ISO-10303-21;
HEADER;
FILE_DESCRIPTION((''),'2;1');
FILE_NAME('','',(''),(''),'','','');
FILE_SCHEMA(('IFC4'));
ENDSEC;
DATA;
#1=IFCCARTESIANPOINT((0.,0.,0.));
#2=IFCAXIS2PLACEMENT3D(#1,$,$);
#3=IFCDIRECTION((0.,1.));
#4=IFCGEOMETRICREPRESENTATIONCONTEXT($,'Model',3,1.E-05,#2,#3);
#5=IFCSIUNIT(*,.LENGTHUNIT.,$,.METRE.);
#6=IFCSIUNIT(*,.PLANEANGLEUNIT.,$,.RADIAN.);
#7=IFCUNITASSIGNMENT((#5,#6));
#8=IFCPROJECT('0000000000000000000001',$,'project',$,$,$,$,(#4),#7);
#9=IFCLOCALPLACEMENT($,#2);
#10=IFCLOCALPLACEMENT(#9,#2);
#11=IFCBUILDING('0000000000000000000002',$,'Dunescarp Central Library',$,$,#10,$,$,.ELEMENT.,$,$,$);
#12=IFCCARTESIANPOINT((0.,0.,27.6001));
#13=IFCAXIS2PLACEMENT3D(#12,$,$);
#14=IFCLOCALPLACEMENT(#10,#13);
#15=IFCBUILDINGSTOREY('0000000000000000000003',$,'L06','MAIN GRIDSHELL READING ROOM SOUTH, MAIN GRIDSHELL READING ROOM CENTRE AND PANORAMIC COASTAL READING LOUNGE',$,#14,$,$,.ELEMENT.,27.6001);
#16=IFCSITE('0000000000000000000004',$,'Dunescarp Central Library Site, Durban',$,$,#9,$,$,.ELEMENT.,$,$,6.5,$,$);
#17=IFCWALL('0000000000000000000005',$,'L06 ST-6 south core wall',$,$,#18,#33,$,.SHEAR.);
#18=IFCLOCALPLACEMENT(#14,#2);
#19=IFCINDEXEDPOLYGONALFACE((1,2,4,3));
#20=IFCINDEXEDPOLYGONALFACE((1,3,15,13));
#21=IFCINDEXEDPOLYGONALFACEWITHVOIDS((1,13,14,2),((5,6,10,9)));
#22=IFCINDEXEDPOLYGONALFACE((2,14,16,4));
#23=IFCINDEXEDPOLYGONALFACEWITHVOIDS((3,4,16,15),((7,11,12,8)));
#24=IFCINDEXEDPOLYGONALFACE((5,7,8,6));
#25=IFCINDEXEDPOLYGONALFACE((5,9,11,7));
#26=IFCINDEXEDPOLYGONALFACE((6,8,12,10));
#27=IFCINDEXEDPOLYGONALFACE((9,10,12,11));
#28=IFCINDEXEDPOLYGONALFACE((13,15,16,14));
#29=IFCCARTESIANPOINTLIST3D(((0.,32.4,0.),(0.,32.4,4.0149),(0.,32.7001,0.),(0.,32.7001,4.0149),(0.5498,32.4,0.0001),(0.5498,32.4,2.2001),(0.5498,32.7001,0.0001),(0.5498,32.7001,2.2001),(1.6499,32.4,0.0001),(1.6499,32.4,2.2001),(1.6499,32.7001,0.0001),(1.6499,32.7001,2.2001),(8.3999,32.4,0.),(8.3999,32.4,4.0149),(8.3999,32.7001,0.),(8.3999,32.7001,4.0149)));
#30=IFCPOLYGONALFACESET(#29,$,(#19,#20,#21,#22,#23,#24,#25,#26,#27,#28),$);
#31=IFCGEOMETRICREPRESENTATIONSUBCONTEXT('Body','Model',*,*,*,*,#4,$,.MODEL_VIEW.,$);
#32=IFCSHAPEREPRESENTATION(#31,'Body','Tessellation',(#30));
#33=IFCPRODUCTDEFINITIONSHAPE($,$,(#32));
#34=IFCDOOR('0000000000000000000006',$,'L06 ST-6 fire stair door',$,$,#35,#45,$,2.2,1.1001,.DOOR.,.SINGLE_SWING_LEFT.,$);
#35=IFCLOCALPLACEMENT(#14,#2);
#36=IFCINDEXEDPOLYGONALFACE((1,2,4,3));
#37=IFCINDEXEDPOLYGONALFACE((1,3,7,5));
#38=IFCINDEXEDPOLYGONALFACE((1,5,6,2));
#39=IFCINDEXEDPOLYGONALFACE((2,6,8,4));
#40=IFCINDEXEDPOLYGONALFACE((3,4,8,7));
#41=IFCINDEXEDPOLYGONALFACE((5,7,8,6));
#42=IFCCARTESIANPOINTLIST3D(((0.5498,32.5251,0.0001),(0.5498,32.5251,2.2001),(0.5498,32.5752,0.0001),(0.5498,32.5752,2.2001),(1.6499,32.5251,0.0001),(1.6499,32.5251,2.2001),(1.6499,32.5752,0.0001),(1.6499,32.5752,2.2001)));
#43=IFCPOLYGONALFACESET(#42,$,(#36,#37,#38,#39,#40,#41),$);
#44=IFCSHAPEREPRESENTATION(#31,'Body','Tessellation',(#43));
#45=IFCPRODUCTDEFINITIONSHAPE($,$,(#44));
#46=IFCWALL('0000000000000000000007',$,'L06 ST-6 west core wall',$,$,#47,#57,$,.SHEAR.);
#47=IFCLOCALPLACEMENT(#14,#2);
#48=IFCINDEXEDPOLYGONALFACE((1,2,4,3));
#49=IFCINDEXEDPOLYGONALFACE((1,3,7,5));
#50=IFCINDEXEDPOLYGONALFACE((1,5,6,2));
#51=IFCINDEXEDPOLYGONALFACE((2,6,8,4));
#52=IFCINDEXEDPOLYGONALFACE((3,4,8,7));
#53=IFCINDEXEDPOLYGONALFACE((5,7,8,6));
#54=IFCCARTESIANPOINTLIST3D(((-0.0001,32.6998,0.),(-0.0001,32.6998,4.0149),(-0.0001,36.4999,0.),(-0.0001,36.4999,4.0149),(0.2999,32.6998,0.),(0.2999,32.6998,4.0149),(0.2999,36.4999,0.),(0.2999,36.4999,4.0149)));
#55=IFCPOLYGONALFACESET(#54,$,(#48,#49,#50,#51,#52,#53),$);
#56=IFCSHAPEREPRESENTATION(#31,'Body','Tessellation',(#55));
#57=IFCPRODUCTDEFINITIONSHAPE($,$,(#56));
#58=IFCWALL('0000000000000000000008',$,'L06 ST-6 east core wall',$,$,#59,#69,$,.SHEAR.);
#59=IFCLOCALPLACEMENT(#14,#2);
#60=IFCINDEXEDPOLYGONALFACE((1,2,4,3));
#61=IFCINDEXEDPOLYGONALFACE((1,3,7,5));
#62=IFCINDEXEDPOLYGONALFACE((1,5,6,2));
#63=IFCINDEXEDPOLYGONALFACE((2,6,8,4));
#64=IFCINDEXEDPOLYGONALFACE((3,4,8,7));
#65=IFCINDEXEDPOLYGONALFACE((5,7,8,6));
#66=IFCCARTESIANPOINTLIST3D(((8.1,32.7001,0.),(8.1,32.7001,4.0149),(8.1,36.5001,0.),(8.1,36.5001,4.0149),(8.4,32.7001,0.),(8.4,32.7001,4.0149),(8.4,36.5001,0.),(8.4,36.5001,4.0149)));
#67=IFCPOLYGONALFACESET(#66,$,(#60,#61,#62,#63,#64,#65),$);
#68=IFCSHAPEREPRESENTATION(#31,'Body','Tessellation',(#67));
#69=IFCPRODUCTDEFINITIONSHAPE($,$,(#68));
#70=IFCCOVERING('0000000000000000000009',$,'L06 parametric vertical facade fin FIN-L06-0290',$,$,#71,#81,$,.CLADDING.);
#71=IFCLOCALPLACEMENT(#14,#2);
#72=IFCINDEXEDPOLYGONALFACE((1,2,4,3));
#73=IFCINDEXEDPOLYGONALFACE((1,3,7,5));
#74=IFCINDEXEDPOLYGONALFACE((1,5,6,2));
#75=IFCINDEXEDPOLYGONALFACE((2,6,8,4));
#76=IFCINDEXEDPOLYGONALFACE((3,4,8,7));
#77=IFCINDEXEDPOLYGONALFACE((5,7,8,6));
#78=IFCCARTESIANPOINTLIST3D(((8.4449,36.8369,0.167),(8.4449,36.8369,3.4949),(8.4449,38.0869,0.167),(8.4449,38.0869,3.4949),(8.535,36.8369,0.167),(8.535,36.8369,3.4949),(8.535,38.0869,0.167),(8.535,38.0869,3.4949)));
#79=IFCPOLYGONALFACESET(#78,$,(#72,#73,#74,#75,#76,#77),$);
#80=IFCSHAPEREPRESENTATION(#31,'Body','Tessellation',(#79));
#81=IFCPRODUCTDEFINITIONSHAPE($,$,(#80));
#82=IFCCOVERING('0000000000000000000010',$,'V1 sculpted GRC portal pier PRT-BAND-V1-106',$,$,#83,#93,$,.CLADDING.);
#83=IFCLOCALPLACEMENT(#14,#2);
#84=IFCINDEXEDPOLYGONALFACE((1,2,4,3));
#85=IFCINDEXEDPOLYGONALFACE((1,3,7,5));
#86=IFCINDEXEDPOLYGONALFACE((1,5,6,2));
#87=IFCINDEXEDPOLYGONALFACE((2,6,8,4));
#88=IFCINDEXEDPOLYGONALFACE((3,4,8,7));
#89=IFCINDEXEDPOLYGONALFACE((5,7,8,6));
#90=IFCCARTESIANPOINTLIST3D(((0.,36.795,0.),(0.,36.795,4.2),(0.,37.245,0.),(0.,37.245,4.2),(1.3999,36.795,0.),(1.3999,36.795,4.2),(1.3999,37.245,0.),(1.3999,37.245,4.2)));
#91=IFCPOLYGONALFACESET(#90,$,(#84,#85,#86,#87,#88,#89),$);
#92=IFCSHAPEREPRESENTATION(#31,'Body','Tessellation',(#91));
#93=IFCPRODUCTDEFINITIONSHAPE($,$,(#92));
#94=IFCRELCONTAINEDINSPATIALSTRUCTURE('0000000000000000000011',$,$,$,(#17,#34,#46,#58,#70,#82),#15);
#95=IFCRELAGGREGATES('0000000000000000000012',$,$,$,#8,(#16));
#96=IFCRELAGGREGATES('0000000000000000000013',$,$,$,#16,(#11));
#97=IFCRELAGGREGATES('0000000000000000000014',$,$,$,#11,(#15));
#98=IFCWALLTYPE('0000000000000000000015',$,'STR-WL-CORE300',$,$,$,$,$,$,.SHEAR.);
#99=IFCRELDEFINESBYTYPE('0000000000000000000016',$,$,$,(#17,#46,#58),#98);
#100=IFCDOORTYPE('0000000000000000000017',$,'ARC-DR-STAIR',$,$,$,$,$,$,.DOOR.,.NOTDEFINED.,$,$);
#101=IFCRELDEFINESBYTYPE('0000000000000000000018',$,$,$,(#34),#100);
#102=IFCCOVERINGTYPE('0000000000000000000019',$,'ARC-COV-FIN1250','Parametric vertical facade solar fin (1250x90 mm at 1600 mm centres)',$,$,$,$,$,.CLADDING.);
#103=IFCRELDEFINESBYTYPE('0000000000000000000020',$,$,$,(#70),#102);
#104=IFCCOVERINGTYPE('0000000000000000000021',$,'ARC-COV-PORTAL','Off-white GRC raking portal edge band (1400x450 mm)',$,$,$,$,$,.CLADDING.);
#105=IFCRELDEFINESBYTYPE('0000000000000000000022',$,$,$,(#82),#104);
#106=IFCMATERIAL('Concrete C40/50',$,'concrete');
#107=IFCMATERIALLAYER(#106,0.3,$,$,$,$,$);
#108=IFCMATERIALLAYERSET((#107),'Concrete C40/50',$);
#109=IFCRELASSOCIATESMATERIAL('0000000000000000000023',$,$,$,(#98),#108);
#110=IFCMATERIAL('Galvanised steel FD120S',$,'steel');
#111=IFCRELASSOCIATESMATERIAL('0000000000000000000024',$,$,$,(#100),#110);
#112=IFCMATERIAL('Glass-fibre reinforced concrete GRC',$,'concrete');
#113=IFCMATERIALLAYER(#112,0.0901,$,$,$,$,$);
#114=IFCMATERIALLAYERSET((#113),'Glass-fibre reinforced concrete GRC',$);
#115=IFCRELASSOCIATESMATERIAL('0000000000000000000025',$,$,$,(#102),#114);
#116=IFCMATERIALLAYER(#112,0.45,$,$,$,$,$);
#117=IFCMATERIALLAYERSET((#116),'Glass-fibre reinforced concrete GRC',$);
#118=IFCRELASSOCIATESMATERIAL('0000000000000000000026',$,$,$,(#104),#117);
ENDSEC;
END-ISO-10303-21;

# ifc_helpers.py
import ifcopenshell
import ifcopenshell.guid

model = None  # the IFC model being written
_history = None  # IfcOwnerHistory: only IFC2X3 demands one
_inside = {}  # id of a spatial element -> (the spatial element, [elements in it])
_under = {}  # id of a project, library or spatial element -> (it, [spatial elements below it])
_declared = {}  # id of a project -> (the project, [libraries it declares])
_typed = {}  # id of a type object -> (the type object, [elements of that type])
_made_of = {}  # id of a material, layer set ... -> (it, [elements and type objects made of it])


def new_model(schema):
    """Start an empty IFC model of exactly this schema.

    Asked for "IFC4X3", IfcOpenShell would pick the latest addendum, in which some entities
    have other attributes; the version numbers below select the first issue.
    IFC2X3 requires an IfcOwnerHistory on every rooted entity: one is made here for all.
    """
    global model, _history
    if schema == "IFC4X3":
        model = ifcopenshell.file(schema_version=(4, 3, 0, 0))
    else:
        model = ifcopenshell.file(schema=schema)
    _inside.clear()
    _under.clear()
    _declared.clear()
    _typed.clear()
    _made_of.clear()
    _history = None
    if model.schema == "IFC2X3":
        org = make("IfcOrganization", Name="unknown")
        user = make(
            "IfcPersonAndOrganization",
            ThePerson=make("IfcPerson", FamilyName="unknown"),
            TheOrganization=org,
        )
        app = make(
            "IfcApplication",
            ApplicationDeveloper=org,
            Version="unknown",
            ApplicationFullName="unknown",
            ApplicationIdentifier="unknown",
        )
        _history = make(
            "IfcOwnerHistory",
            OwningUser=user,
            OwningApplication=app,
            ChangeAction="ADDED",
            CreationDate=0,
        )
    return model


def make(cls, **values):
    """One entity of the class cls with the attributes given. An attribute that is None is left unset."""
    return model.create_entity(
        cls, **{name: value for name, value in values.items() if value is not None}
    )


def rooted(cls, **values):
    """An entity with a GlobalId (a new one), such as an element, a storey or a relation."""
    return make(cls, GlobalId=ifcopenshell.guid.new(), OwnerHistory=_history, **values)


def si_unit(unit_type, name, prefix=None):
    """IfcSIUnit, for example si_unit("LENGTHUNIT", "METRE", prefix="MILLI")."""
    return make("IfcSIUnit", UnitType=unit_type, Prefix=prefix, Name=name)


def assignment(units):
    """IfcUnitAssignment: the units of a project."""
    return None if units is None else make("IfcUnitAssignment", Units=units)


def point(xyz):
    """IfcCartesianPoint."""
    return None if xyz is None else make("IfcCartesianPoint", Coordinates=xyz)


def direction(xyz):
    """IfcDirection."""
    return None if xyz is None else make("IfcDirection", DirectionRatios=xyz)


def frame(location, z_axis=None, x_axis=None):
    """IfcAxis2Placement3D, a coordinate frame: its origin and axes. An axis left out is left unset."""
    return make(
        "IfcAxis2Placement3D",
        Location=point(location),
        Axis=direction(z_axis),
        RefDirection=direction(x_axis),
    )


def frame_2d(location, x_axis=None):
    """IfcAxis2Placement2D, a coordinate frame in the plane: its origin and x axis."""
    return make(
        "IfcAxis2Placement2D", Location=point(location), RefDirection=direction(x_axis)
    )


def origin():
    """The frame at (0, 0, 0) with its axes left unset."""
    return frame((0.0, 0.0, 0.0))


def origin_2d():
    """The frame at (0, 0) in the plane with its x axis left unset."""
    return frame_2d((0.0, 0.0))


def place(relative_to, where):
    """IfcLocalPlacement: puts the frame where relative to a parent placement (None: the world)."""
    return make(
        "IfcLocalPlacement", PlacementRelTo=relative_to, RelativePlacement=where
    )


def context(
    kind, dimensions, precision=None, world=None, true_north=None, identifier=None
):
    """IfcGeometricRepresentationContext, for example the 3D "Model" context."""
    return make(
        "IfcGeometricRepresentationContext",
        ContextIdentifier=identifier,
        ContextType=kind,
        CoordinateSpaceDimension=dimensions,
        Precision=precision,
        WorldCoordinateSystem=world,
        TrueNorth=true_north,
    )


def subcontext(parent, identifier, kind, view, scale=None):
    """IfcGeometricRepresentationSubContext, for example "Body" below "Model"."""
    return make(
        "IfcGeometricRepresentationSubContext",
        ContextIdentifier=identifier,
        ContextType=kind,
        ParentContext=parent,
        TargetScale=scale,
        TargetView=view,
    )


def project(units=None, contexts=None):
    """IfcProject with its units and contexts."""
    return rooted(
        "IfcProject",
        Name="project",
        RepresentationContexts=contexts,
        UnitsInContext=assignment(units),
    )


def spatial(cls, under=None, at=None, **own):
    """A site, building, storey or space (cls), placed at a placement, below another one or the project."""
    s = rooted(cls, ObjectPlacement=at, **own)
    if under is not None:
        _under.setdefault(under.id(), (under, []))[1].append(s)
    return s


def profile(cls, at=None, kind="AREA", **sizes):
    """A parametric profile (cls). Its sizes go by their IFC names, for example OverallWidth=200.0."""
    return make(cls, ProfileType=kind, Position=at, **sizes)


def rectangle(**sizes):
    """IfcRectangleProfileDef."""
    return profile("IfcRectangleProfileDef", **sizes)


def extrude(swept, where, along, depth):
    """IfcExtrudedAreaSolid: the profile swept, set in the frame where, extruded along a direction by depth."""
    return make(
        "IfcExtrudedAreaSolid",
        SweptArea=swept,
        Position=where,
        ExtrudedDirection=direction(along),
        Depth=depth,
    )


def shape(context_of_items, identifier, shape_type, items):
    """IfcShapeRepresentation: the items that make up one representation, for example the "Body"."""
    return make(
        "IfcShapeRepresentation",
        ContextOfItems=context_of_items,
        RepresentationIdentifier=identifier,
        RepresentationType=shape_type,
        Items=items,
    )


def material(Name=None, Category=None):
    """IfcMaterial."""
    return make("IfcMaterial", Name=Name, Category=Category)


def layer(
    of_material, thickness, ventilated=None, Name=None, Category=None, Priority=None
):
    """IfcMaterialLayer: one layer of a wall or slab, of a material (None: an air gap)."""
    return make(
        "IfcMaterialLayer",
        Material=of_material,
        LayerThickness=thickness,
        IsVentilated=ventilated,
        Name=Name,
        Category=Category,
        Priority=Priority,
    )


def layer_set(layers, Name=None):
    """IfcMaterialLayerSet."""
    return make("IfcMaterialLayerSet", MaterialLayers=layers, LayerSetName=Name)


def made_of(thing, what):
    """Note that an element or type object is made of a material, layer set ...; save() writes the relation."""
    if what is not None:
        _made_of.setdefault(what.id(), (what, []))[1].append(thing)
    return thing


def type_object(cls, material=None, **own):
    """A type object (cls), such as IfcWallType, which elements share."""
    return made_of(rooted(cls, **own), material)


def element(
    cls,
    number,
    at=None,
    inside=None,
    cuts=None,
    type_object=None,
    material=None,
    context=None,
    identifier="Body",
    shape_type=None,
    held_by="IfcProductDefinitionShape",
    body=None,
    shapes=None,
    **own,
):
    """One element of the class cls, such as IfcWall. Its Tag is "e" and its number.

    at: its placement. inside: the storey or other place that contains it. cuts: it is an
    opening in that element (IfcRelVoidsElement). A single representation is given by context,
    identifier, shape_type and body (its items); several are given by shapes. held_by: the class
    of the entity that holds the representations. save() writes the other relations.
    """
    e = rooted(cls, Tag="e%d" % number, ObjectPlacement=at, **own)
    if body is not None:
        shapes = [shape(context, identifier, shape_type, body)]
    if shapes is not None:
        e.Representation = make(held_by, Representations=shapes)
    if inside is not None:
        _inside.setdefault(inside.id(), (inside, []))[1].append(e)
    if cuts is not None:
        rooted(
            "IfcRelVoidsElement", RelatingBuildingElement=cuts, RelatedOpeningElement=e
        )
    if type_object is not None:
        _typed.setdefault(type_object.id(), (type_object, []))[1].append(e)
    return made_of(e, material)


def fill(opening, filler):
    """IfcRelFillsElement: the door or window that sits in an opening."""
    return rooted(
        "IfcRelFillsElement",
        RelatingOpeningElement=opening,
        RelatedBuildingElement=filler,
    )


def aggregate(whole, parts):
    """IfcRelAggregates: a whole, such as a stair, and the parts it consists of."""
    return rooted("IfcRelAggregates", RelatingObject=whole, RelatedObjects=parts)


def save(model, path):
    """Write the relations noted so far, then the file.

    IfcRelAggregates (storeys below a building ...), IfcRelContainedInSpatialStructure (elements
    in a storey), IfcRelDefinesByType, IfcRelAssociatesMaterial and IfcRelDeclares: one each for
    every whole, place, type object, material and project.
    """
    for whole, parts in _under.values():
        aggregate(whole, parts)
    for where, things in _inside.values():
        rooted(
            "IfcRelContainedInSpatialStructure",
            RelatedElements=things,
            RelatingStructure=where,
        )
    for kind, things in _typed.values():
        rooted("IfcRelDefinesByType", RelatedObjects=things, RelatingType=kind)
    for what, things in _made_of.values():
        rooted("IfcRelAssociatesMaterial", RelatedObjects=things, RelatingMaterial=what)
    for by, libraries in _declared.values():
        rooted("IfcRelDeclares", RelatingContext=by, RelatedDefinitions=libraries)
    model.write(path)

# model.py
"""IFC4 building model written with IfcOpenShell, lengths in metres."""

from ifc_helpers import new_model, si_unit, direction, frame, frame_2d, origin, origin_2d, place, context, subcontext, project, spatial, rectangle, extrude, material, layer, layer_set, type_object, element, fill, save


model = new_model("IFC4")

# Units and contexts
model_context = context("Model", 3, precision=1e-05, world=origin(), true_north=direction((0.0, 1.0)))
body_context = subcontext(model_context, "Body", "Model", "MODEL_VIEW")
ifc_project = project(units=[si_unit("LENGTHUNIT", "METRE"), si_unit("PLANEANGLEUNIT", "RADIAN")], contexts=[model_context])

# Site, building, storey
site_placement = place(None, origin())
site = spatial("IfcSite", under=ifc_project, at=site_placement, Name="Dunescarp Central Library Site, Durban", CompositionType="ELEMENT", RefElevation=6.5)
building_placement = place(site_placement, origin())
building = spatial("IfcBuilding", under=site, at=building_placement, Name="Dunescarp Central Library", CompositionType="ELEMENT")
storey_placement = place(building_placement, frame((0.0, 0.0, 27.6001)))
storey = spatial("IfcBuildingStorey", under=building, at=storey_placement, Name="L06", Description="MAIN GRIDSHELL READING ROOM SOUTH, MAIN GRIDSHELL READING ROOM CENTRE AND PANORAMIC COASTAL READING LOUNGE", CompositionType="ELEMENT", Elevation=27.6001)

# Wall, opening, door
ifc_material_1 = material(Name="Concrete C40/50", Category="concrete")
ifc_layer_1 = layer(ifc_material_1, 0.3)
ifc_layer_set_1 = layer_set([ifc_layer_1], Name="Concrete C40/50")
wall_type = type_object("IfcWallType", Name="STR-WL-CORE300", PredefinedType="SHEAR", material=ifc_layer_set_1)
wall_placement = place(storey_placement, frame((8.3999, 32.55, 0.0), z_axis=(0.0, 0.0, 1.0), x_axis=(-1.0, 0.0, 0.0)))
wall = element("IfcWall", 1, at=wall_placement, inside=storey, type_object=wall_type, Name="L06 ST-6 south core wall", PredefinedType="SHEAR", context=body_context, shape_type="SweptSolid", body=[
    extrude(rectangle(XDim=8.3999, YDim=0.3, at=frame_2d((4.2, 0.0))), origin(), (0.0, 0.0, 1.0), 4.0149),
])
opening_placement = place(wall_placement, frame((6.75, 0.0, 0.0)))
opening = element("IfcOpeningElement", 2, at=opening_placement, cuts=wall, PredefinedType="OPENING", context=body_context, shape_type="SweptSolid", body=[
    extrude(rectangle(XDim=1.1001, YDim=2.2, at=frame_2d((0.55, 1.1001))), frame((0.0, 0.1602, 0.0), z_axis=(0.0, -1.0, 0.0), x_axis=(1.0, 0.0, 0.0)), (0.0, 0.0, 1.0), 0.3201),
])
ifc_material_2 = material(Name="Galvanised steel FD120S", Category="steel")
door_type = type_object("IfcDoorType", Name="ARC-DR-STAIR", OperationType="NOTDEFINED", PredefinedType="DOOR", material=ifc_material_2)
door_placement = place(opening_placement, origin())
door = element("IfcDoor", 3, at=door_placement, inside=storey, type_object=door_type, Name="L06 ST-6 fire stair door", OperationType="SINGLE_SWING_LEFT", OverallHeight=2.2, OverallWidth=1.1001, PredefinedType="DOOR", context=body_context, shape_type="SweptSolid", body=[
    extrude(rectangle(XDim=1.1001, YDim=2.2, at=frame_2d((0.55, 1.1001))), frame((0.0, 0.0249, 0.0), z_axis=(0.0, -1.0, 0.0), x_axis=(1.0, 0.0, 0.0)), (0.0, 0.0, 1.0), 0.05),
])
fill(opening, door)

# Walls
for number, where, z_axis, x_axis, name in (
    (4, (0.1499, 32.7, 0.0), (0.0, 0.0, 1.0), (0.0, 1.0, 0.0), "L06 ST-6 west core wall"),
    (5, (8.25, 36.5, 0.0), (0.0, 0.0, 1.0), (0.0, -1.0, 0.0), "L06 ST-6 east core wall"),
):
    element("IfcWall", number, at=place(storey_placement, frame(where, z_axis=z_axis, x_axis=x_axis)), inside=storey, type_object=wall_type, Name=name, PredefinedType="SHEAR", context=body_context, shape_type="SweptSolid", body=[
        extrude(rectangle(XDim=3.8, YDim=0.3, at=frame_2d((1.8999, 0.0))), origin(), (0.0, 0.0, 1.0), 4.0149),
    ])

# Coverings
ifc_material_3 = material(Name="Glass-fibre reinforced concrete GRC", Category="concrete")
ifc_layer_2 = layer(ifc_material_3, 0.0901)
ifc_layer_set_2 = layer_set([ifc_layer_2], Name="Glass-fibre reinforced concrete GRC")
covering_type_1 = type_object("IfcCoveringType", Name="ARC-COV-FIN1250", Description="Parametric vertical facade solar fin (1250x90 mm at 1600 mm centres)", PredefinedType="CLADDING", material=ifc_layer_set_2)
covering_1_placement = place(storey_placement, frame((8.49, 37.4619, 0.167), z_axis=(0.0, 0.0, 1.0), x_axis=(0.0, 1.0, 0.0)))
element("IfcCovering", 6, at=covering_1_placement, inside=storey, type_object=covering_type_1, Name="L06 parametric vertical facade fin FIN-L06-0290", PredefinedType="CLADDING", context=body_context, shape_type="SweptSolid", body=[
    extrude(rectangle(XDim=1.25, YDim=0.0901, at=origin_2d()), origin(), (0.0, 0.0, 1.0), 3.3279),
])
ifc_layer_3 = layer(ifc_material_3, 0.45)
ifc_layer_set_3 = layer_set([ifc_layer_3], Name="Glass-fibre reinforced concrete GRC")
covering_type_2 = type_object("IfcCoveringType", Name="ARC-COV-PORTAL", Description="Off-white GRC raking portal edge band (1400x450 mm)", PredefinedType="CLADDING", material=ifc_layer_set_3)
covering_2_placement = place(storey_placement, frame((0.7, 37.02, 0.0), z_axis=(0.0, 0.0, 1.0), x_axis=(1.0, 0.0, 0.0)))
element("IfcCovering", 7, at=covering_2_placement, inside=storey, type_object=covering_type_2, Name="V1 sculpted GRC portal pier PRT-BAND-V1-106", PredefinedType="CLADDING", context=body_context, shape_type="SweptSolid", body=[
    extrude(rectangle(XDim=1.3999, YDim=0.45, at=origin_2d()), origin(), (0.0, 0.0, 1.0), 4.2),
])

save(model, "model.ifc")
